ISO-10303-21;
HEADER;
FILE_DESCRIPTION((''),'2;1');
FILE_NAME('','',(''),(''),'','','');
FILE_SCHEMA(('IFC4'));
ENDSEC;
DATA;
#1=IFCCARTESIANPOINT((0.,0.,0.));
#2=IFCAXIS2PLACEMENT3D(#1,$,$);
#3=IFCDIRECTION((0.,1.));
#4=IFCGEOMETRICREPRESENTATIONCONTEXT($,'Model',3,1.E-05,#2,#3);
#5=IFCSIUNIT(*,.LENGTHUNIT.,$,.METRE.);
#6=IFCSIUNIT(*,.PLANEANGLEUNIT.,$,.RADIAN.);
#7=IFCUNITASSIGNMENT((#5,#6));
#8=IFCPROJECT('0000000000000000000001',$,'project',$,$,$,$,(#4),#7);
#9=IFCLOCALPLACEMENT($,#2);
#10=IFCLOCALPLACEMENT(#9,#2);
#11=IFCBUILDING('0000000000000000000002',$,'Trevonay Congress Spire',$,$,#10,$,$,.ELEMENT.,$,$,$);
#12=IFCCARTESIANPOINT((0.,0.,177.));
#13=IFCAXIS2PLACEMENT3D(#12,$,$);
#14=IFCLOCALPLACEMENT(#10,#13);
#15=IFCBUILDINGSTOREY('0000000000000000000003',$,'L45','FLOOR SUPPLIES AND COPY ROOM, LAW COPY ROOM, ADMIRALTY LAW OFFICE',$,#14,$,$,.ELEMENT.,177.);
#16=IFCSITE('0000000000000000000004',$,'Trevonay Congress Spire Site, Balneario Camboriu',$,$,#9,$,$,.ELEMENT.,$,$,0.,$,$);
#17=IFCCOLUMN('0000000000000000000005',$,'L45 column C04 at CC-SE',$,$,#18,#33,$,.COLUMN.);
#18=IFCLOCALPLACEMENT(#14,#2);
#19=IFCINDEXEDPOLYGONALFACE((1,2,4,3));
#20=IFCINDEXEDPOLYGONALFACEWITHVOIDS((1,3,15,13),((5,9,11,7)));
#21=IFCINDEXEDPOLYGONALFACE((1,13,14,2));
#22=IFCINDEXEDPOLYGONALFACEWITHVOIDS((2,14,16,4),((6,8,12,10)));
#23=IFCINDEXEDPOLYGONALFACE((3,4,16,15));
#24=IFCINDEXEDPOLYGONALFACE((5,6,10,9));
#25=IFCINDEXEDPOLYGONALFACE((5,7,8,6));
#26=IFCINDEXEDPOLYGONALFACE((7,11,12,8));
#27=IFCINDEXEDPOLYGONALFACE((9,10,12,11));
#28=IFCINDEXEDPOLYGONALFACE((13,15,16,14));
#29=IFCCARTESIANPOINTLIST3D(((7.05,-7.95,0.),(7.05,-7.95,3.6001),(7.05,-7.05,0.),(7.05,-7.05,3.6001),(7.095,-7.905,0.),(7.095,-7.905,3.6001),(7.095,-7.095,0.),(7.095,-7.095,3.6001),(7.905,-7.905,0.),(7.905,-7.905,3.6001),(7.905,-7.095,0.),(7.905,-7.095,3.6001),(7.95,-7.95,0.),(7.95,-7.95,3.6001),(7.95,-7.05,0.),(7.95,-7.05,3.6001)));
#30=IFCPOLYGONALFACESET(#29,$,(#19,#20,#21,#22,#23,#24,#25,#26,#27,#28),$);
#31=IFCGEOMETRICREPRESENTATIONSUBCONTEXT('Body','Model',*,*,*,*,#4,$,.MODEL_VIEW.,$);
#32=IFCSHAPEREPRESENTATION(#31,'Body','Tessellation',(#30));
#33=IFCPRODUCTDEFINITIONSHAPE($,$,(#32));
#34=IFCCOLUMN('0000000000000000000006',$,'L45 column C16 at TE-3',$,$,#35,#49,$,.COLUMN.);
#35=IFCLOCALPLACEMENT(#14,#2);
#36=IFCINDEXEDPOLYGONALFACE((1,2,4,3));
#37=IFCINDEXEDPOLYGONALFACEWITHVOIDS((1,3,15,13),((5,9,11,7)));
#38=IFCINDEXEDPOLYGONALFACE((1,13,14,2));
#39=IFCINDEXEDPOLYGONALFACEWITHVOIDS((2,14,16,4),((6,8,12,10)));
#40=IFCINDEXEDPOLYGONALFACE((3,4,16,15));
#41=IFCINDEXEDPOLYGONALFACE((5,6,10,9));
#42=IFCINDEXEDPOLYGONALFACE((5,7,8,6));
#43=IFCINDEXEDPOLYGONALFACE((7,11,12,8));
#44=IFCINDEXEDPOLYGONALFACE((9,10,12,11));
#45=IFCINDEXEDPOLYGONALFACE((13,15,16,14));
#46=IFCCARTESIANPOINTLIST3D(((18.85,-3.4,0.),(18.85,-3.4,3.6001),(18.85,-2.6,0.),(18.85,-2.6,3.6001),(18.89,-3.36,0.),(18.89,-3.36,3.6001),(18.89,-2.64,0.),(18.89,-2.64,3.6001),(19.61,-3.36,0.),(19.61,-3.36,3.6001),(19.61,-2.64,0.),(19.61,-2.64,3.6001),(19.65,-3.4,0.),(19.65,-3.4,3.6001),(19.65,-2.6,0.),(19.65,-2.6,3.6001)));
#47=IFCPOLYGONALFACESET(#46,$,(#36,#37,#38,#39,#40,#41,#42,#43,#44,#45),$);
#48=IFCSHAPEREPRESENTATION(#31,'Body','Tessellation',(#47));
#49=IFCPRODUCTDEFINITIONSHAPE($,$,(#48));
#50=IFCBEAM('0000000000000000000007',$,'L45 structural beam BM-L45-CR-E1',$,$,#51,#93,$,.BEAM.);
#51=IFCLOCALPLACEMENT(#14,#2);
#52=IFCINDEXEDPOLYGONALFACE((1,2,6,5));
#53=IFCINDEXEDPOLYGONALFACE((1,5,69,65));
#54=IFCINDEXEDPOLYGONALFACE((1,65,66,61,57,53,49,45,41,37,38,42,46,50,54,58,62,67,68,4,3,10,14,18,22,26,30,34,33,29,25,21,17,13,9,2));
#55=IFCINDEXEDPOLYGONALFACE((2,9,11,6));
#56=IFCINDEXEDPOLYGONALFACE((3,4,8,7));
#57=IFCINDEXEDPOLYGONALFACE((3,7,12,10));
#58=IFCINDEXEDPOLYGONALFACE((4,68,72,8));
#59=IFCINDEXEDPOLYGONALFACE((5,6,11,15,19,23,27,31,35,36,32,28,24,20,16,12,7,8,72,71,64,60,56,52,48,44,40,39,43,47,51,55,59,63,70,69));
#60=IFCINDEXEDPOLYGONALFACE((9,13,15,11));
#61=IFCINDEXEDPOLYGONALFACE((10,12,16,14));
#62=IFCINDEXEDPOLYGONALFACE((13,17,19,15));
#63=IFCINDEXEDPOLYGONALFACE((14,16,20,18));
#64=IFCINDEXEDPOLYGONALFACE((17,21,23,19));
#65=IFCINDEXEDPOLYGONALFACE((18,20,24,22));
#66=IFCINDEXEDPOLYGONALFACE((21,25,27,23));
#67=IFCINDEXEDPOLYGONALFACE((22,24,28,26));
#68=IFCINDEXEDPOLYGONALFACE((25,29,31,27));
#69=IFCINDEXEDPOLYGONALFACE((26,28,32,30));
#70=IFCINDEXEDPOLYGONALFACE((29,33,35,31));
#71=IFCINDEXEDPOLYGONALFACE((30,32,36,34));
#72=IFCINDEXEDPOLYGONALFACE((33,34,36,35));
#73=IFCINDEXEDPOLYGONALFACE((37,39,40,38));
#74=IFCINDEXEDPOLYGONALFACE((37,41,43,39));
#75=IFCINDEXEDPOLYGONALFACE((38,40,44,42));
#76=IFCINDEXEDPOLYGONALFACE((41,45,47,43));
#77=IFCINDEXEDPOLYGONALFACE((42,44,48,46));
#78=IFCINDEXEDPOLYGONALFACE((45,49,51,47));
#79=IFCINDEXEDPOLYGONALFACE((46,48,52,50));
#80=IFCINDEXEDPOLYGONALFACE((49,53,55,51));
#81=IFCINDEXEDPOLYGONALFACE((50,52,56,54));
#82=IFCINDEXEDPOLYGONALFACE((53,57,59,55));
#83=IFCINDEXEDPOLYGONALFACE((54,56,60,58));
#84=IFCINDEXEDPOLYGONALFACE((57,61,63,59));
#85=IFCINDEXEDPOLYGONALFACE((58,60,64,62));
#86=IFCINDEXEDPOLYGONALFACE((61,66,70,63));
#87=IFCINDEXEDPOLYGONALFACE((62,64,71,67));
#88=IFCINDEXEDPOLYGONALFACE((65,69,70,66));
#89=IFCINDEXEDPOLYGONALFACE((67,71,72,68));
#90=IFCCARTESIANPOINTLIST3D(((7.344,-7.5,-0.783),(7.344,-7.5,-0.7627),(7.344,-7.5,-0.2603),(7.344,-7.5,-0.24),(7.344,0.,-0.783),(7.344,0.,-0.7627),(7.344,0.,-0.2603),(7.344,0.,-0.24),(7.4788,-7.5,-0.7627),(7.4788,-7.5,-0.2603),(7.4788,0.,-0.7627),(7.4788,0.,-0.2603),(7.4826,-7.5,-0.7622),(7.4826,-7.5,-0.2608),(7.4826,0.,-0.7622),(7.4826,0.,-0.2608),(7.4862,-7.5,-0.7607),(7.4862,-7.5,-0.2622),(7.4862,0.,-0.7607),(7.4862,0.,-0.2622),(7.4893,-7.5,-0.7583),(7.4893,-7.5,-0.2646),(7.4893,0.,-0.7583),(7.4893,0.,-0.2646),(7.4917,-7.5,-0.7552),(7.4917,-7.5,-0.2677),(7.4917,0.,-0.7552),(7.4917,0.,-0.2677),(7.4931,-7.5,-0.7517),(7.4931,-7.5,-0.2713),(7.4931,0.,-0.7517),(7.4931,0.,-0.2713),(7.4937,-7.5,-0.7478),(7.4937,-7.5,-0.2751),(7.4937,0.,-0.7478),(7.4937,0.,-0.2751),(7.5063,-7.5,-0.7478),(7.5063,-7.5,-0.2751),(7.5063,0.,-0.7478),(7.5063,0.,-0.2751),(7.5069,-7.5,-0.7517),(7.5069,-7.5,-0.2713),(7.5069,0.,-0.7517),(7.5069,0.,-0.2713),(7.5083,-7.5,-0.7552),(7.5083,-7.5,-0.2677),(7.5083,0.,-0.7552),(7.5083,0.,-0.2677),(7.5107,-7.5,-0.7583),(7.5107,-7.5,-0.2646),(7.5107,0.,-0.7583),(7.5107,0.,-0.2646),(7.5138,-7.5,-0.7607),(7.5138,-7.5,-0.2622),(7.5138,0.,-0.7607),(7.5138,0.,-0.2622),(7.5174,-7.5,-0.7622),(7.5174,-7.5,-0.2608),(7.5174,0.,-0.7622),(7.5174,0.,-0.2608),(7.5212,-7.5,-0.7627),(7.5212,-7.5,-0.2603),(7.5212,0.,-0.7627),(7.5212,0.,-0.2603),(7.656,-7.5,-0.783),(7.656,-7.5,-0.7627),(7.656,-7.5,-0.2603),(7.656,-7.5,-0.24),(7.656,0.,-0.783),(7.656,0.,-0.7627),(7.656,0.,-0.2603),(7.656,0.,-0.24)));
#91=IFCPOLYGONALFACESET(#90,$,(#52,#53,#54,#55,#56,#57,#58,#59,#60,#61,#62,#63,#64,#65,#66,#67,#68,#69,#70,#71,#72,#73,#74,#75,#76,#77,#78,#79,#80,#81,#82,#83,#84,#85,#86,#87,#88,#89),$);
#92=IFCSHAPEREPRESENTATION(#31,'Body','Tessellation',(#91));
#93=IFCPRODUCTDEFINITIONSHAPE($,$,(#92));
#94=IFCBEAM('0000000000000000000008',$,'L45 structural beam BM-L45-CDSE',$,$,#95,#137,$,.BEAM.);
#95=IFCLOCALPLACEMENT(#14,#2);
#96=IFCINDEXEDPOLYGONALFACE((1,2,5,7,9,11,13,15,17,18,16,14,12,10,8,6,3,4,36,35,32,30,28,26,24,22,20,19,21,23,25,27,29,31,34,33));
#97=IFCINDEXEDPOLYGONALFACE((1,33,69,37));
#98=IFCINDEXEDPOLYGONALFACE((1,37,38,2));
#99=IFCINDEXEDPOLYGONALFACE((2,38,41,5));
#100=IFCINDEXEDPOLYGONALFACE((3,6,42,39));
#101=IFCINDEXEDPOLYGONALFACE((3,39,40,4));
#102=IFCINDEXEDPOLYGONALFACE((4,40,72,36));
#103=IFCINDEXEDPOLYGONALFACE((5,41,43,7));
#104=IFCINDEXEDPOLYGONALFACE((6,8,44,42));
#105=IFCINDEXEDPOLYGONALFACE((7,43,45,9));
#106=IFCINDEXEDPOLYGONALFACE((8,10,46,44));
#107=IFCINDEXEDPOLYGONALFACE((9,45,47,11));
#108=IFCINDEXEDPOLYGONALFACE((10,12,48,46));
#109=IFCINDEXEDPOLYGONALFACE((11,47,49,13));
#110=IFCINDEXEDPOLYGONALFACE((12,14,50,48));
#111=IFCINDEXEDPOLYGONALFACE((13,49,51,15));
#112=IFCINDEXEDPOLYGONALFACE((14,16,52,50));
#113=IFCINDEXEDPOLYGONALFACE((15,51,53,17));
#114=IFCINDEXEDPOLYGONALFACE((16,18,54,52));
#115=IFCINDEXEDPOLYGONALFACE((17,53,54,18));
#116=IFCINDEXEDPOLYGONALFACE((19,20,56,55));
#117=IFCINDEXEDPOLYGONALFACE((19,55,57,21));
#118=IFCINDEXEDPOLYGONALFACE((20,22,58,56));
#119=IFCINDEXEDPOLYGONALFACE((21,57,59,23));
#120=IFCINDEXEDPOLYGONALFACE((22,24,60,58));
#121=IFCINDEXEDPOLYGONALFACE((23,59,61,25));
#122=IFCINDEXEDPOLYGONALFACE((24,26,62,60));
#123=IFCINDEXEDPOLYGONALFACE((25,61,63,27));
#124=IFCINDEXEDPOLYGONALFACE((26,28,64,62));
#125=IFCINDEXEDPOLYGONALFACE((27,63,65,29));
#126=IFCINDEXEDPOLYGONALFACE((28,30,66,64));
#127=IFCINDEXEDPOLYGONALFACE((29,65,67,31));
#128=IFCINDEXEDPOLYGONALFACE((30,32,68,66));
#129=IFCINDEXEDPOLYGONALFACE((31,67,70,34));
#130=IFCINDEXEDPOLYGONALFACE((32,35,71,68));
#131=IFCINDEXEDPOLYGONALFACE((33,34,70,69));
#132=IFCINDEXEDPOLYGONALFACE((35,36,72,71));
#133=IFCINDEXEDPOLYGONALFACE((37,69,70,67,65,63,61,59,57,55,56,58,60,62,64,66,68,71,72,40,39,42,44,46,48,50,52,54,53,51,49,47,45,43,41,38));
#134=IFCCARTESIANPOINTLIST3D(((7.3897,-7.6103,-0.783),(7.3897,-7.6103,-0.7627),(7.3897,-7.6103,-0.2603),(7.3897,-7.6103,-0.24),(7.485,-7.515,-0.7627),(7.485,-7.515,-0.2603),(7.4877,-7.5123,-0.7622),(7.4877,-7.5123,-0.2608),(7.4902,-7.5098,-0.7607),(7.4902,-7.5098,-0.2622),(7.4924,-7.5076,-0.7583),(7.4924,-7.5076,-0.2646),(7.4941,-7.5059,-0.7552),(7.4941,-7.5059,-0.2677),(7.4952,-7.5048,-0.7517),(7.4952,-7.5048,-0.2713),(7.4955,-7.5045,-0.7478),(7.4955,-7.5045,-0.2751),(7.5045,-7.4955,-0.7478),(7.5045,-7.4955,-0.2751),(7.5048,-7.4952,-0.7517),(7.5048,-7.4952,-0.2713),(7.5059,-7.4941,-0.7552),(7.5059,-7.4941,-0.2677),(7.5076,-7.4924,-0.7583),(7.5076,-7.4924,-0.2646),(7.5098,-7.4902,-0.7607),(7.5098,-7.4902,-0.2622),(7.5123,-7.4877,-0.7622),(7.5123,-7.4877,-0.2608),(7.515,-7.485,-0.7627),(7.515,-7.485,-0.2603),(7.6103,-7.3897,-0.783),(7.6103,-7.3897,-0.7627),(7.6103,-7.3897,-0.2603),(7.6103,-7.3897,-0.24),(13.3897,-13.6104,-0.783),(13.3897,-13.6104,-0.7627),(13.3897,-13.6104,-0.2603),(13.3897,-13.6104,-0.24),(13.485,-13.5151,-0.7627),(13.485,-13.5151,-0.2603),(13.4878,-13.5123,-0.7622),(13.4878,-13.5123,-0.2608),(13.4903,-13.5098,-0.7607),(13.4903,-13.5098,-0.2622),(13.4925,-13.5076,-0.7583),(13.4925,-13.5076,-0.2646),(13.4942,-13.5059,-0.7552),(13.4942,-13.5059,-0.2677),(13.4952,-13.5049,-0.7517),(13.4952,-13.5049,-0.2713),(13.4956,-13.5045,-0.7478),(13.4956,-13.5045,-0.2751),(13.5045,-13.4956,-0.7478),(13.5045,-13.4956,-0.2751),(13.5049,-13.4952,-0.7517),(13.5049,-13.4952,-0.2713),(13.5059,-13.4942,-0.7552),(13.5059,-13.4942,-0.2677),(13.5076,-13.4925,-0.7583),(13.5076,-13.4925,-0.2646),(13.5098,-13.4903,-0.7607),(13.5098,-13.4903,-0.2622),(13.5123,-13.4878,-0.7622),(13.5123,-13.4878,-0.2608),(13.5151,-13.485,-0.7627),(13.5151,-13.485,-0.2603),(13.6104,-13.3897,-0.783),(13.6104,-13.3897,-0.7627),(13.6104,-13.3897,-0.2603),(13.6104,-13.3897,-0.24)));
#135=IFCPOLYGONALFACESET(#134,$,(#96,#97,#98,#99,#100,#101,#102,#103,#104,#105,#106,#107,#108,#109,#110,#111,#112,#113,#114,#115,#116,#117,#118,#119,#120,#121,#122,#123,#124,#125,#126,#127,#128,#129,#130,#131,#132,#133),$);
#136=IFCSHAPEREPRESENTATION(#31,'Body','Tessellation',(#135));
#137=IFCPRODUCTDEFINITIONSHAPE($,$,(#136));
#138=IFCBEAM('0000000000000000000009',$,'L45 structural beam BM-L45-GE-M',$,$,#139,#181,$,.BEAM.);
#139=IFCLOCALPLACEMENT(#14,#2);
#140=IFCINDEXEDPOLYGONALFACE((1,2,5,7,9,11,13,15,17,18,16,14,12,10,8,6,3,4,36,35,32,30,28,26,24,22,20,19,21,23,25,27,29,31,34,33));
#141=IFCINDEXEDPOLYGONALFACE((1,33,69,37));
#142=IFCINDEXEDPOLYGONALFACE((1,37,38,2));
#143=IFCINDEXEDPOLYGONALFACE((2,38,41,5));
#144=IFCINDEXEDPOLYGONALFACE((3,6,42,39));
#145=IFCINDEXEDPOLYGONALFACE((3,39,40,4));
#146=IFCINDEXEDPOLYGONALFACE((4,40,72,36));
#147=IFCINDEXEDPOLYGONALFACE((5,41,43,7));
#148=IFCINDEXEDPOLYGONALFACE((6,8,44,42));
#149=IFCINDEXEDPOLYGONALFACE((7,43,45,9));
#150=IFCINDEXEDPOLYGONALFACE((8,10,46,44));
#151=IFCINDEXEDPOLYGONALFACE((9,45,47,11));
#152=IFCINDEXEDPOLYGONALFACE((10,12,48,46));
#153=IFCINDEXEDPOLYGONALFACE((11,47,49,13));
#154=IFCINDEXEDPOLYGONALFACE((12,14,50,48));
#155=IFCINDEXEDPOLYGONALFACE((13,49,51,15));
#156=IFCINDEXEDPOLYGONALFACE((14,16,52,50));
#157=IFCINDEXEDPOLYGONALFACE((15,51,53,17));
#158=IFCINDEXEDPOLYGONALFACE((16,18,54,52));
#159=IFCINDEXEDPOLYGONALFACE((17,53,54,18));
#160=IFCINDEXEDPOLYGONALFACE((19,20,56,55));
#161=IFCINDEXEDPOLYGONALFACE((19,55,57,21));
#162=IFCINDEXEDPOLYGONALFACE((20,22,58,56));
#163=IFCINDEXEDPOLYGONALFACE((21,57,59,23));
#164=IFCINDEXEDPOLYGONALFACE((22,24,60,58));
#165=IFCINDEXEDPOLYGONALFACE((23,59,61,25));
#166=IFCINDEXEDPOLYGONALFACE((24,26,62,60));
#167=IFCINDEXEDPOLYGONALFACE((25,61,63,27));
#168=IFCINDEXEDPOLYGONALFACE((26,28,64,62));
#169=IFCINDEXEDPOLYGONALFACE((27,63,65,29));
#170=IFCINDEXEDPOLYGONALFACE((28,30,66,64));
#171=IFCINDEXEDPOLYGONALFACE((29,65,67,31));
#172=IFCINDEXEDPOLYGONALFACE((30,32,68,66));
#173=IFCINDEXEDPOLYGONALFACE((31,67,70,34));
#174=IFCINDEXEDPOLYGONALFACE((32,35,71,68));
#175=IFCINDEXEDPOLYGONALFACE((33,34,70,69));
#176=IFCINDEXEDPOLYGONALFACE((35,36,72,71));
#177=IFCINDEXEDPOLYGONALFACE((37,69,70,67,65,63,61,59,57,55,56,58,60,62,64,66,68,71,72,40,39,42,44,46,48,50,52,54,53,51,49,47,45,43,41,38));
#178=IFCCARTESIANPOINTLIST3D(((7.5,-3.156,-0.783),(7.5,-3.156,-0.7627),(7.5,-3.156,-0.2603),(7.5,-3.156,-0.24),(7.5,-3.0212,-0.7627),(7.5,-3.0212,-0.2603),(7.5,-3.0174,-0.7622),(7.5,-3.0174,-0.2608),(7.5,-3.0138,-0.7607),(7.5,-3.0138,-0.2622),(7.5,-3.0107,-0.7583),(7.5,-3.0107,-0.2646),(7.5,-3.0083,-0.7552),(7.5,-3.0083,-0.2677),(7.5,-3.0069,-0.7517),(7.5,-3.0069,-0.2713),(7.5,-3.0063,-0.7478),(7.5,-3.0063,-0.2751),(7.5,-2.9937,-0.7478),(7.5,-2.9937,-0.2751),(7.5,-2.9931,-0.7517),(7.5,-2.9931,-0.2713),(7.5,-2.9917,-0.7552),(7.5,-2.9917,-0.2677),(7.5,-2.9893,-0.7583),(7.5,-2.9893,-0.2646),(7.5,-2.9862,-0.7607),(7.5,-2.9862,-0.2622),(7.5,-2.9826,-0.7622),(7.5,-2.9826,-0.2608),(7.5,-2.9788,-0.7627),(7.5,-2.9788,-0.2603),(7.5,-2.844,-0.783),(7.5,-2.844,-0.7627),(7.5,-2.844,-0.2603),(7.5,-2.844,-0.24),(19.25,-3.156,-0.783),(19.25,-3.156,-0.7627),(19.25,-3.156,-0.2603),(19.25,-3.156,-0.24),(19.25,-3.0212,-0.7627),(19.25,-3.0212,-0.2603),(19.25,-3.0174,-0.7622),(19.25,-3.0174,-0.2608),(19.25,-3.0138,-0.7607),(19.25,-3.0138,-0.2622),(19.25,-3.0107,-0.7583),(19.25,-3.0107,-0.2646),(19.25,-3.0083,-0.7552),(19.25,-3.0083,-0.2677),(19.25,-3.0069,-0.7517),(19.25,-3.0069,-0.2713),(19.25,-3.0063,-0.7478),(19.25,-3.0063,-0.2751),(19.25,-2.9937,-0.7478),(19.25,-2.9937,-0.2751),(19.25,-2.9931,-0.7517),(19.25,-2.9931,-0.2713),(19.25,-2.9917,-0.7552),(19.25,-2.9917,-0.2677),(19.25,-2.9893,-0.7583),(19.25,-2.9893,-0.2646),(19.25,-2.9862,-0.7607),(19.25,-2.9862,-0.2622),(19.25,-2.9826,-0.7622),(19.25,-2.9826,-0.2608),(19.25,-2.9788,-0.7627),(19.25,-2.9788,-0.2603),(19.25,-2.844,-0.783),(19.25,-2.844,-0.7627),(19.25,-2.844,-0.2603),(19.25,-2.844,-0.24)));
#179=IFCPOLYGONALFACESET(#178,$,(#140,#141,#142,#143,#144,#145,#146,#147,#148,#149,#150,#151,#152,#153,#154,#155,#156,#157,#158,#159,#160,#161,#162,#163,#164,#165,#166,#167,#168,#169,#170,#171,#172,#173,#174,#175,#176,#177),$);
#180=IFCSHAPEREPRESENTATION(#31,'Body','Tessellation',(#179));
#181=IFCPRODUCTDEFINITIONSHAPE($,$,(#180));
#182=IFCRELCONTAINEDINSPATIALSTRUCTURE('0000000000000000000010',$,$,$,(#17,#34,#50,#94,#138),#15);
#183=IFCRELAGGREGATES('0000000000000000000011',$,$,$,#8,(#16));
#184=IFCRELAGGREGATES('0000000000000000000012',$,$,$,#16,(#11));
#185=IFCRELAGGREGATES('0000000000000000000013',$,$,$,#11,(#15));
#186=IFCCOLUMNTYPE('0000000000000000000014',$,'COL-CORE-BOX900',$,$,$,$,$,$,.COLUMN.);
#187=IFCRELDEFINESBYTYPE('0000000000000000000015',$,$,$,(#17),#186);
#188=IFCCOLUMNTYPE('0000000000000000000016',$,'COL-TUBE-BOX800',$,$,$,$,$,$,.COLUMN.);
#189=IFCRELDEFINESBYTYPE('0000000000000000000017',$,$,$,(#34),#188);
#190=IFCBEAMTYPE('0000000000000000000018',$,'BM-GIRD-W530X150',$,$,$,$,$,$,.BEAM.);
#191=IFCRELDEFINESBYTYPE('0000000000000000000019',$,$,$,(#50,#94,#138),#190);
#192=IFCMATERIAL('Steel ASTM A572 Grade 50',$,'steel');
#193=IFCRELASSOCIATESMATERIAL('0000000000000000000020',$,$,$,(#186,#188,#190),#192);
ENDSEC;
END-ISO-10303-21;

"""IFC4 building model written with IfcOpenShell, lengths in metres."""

from ifc_helpers import new_model, si_unit, direction, frame, origin, origin_2d, place, context, subcontext, project, spatial, hollow_rectangle, i_section, extrude, material, material_profile, profile_set, type_object, element, save


model = new_model("IFC4")

# Units and contexts
model_context = context("Model", 3, precision=1e-05, world=origin(), true_north=direction((0.0, 1.0)))
body_context = subcontext(model_context, "Body", "Model", "MODEL_VIEW")
ifc_project = project(units=[si_unit("LENGTHUNIT", "METRE"), si_unit("PLANEANGLEUNIT", "RADIAN")], contexts=[model_context])

# Site, building, storey
site_placement = place(None, origin())
site = spatial("IfcSite", under=ifc_project, at=site_placement, Name="Trevonay Congress Spire Site, Balneario Camboriu", CompositionType="ELEMENT", RefElevation=0.0)
building_placement = place(site_placement, origin())
building = spatial("IfcBuilding", under=site, at=building_placement, Name="Trevonay Congress Spire", CompositionType="ELEMENT")
storey_placement = place(building_placement, frame((0.0, 0.0, 177.0)))
storey = spatial("IfcBuildingStorey", under=building, at=storey_placement, Name="L45", Description="FLOOR SUPPLIES AND COPY ROOM, LAW COPY ROOM, ADMIRALTY LAW OFFICE", CompositionType="ELEMENT", Elevation=177.0)

# Columns
ifc_material_1 = material(Name="Steel ASTM A572 Grade 50", Category="steel")
ifc_material_profile_1 = material_profile(ifc_material_1, hollow_rectangle(XDim=0.8999, YDim=0.8999, WallThickness=0.0449, at=origin_2d()), Name="BOX 900x900x45")
ifc_profile_set_1 = profile_set([ifc_material_profile_1], Name="Steel ASTM A572 Grade 50")
column_type_1 = type_object("IfcColumnType", Name="COL-CORE-BOX900", PredefinedType="COLUMN", material=ifc_profile_set_1)
column_1_placement = place(storey_placement, frame((7.5, -7.5, 0.0), z_axis=(0.0, 0.0, 1.0), x_axis=(1.0, 0.0, 0.0)))
element("IfcColumn", 1, at=column_1_placement, inside=storey, type_object=column_type_1, Name="L45 column C04 at CC-SE", PredefinedType="COLUMN", context=body_context, shape_type="SweptSolid", body=[
    extrude(hollow_rectangle(XDim=0.8999, YDim=0.8999, WallThickness=0.0449, at=origin_2d()), origin(), (0.0, 0.0, 1.0), 3.6001),
])
ifc_material_profile_2 = material_profile(ifc_material_1, hollow_rectangle(XDim=0.8, YDim=0.8, WallThickness=0.04, at=origin_2d()), Name="BOX 800x800x40")
ifc_profile_set_2 = profile_set([ifc_material_profile_2], Name="Steel ASTM A572 Grade 50")
column_type_2 = type_object("IfcColumnType", Name="COL-TUBE-BOX800", PredefinedType="COLUMN", material=ifc_profile_set_2)
column_2_placement = place(storey_placement, frame((19.25, -3.0, 0.0), z_axis=(0.0, 0.0, 1.0), x_axis=(1.0, 0.0, 0.0)))
element("IfcColumn", 2, at=column_2_placement, inside=storey, type_object=column_type_2, Name="L45 column C16 at TE-3", PredefinedType="COLUMN", context=body_context, shape_type="SweptSolid", body=[
    extrude(hollow_rectangle(XDim=0.8, YDim=0.8, WallThickness=0.04, at=origin_2d()), origin(), (0.0, 0.0, 1.0), 3.6001),
])

# Beams
ifc_material_profile_3 = material_profile(ifc_material_1, i_section(OverallWidth=0.312, OverallDepth=0.543, WebThickness=0.0127, FlangeThickness=0.0203, FilletRadius=0.0149, at=origin_2d()), Name="W530x150")
ifc_profile_set_3 = profile_set([ifc_material_profile_3], Name="Steel ASTM A572 Grade 50")
beam_type_1 = type_object("IfcBeamType", Name="BM-GIRD-W530X150", PredefinedType="BEAM", material=ifc_profile_set_3)
beam_1_placement = place(storey_placement, frame((7.5, -7.5, -0.5115), z_axis=(0.0, 1.0, 0.0), x_axis=(-1.0, 0.0, 0.0)))
element("IfcBeam", 3, at=beam_1_placement, inside=storey, type_object=beam_type_1, Name="L45 structural beam BM-L45-CR-E1", PredefinedType="BEAM", context=body_context, shape_type="SweptSolid", body=[
    extrude(i_section(OverallWidth=0.312, OverallDepth=0.543, WebThickness=0.0127, FlangeThickness=0.0203, FilletRadius=0.0149, at=origin_2d()), origin(), (0.0, 0.0, 1.0), 7.5),
])
beam_2_placement = place(storey_placement, frame((7.5, -7.5, -0.5115), z_axis=(0.707107, -0.707107, 0.0), x_axis=(0.707107, 0.707107, 0.0)))
element("IfcBeam", 4, at=beam_2_placement, inside=storey, type_object=beam_type_1, Name="L45 structural beam BM-L45-CDSE", PredefinedType="BEAM", context=body_context, shape_type="SweptSolid", body=[
    extrude(i_section(OverallWidth=0.312, OverallDepth=0.543, WebThickness=0.0127, FlangeThickness=0.0203, FilletRadius=0.0149, at=origin_2d()), origin(), (0.0, 0.0, 1.0), 8.4854),
])
beam_3_placement = place(storey_placement, frame((7.5, -3.0, -0.5115), z_axis=(1.0, 0.0, 0.0), x_axis=(0.0, 1.0, 0.0)))
element("IfcBeam", 5, at=beam_3_placement, inside=storey, type_object=beam_type_1, Name="L45 structural beam BM-L45-GE-M", PredefinedType="BEAM", context=body_context, shape_type="SweptSolid", body=[
    extrude(i_section(OverallWidth=0.312, OverallDepth=0.543, WebThickness=0.0127, FlangeThickness=0.0203, FilletRadius=0.0149, at=origin_2d()), origin(), (0.0, 0.0, 1.0), 11.75),
])

save(model, "model.ifc")
